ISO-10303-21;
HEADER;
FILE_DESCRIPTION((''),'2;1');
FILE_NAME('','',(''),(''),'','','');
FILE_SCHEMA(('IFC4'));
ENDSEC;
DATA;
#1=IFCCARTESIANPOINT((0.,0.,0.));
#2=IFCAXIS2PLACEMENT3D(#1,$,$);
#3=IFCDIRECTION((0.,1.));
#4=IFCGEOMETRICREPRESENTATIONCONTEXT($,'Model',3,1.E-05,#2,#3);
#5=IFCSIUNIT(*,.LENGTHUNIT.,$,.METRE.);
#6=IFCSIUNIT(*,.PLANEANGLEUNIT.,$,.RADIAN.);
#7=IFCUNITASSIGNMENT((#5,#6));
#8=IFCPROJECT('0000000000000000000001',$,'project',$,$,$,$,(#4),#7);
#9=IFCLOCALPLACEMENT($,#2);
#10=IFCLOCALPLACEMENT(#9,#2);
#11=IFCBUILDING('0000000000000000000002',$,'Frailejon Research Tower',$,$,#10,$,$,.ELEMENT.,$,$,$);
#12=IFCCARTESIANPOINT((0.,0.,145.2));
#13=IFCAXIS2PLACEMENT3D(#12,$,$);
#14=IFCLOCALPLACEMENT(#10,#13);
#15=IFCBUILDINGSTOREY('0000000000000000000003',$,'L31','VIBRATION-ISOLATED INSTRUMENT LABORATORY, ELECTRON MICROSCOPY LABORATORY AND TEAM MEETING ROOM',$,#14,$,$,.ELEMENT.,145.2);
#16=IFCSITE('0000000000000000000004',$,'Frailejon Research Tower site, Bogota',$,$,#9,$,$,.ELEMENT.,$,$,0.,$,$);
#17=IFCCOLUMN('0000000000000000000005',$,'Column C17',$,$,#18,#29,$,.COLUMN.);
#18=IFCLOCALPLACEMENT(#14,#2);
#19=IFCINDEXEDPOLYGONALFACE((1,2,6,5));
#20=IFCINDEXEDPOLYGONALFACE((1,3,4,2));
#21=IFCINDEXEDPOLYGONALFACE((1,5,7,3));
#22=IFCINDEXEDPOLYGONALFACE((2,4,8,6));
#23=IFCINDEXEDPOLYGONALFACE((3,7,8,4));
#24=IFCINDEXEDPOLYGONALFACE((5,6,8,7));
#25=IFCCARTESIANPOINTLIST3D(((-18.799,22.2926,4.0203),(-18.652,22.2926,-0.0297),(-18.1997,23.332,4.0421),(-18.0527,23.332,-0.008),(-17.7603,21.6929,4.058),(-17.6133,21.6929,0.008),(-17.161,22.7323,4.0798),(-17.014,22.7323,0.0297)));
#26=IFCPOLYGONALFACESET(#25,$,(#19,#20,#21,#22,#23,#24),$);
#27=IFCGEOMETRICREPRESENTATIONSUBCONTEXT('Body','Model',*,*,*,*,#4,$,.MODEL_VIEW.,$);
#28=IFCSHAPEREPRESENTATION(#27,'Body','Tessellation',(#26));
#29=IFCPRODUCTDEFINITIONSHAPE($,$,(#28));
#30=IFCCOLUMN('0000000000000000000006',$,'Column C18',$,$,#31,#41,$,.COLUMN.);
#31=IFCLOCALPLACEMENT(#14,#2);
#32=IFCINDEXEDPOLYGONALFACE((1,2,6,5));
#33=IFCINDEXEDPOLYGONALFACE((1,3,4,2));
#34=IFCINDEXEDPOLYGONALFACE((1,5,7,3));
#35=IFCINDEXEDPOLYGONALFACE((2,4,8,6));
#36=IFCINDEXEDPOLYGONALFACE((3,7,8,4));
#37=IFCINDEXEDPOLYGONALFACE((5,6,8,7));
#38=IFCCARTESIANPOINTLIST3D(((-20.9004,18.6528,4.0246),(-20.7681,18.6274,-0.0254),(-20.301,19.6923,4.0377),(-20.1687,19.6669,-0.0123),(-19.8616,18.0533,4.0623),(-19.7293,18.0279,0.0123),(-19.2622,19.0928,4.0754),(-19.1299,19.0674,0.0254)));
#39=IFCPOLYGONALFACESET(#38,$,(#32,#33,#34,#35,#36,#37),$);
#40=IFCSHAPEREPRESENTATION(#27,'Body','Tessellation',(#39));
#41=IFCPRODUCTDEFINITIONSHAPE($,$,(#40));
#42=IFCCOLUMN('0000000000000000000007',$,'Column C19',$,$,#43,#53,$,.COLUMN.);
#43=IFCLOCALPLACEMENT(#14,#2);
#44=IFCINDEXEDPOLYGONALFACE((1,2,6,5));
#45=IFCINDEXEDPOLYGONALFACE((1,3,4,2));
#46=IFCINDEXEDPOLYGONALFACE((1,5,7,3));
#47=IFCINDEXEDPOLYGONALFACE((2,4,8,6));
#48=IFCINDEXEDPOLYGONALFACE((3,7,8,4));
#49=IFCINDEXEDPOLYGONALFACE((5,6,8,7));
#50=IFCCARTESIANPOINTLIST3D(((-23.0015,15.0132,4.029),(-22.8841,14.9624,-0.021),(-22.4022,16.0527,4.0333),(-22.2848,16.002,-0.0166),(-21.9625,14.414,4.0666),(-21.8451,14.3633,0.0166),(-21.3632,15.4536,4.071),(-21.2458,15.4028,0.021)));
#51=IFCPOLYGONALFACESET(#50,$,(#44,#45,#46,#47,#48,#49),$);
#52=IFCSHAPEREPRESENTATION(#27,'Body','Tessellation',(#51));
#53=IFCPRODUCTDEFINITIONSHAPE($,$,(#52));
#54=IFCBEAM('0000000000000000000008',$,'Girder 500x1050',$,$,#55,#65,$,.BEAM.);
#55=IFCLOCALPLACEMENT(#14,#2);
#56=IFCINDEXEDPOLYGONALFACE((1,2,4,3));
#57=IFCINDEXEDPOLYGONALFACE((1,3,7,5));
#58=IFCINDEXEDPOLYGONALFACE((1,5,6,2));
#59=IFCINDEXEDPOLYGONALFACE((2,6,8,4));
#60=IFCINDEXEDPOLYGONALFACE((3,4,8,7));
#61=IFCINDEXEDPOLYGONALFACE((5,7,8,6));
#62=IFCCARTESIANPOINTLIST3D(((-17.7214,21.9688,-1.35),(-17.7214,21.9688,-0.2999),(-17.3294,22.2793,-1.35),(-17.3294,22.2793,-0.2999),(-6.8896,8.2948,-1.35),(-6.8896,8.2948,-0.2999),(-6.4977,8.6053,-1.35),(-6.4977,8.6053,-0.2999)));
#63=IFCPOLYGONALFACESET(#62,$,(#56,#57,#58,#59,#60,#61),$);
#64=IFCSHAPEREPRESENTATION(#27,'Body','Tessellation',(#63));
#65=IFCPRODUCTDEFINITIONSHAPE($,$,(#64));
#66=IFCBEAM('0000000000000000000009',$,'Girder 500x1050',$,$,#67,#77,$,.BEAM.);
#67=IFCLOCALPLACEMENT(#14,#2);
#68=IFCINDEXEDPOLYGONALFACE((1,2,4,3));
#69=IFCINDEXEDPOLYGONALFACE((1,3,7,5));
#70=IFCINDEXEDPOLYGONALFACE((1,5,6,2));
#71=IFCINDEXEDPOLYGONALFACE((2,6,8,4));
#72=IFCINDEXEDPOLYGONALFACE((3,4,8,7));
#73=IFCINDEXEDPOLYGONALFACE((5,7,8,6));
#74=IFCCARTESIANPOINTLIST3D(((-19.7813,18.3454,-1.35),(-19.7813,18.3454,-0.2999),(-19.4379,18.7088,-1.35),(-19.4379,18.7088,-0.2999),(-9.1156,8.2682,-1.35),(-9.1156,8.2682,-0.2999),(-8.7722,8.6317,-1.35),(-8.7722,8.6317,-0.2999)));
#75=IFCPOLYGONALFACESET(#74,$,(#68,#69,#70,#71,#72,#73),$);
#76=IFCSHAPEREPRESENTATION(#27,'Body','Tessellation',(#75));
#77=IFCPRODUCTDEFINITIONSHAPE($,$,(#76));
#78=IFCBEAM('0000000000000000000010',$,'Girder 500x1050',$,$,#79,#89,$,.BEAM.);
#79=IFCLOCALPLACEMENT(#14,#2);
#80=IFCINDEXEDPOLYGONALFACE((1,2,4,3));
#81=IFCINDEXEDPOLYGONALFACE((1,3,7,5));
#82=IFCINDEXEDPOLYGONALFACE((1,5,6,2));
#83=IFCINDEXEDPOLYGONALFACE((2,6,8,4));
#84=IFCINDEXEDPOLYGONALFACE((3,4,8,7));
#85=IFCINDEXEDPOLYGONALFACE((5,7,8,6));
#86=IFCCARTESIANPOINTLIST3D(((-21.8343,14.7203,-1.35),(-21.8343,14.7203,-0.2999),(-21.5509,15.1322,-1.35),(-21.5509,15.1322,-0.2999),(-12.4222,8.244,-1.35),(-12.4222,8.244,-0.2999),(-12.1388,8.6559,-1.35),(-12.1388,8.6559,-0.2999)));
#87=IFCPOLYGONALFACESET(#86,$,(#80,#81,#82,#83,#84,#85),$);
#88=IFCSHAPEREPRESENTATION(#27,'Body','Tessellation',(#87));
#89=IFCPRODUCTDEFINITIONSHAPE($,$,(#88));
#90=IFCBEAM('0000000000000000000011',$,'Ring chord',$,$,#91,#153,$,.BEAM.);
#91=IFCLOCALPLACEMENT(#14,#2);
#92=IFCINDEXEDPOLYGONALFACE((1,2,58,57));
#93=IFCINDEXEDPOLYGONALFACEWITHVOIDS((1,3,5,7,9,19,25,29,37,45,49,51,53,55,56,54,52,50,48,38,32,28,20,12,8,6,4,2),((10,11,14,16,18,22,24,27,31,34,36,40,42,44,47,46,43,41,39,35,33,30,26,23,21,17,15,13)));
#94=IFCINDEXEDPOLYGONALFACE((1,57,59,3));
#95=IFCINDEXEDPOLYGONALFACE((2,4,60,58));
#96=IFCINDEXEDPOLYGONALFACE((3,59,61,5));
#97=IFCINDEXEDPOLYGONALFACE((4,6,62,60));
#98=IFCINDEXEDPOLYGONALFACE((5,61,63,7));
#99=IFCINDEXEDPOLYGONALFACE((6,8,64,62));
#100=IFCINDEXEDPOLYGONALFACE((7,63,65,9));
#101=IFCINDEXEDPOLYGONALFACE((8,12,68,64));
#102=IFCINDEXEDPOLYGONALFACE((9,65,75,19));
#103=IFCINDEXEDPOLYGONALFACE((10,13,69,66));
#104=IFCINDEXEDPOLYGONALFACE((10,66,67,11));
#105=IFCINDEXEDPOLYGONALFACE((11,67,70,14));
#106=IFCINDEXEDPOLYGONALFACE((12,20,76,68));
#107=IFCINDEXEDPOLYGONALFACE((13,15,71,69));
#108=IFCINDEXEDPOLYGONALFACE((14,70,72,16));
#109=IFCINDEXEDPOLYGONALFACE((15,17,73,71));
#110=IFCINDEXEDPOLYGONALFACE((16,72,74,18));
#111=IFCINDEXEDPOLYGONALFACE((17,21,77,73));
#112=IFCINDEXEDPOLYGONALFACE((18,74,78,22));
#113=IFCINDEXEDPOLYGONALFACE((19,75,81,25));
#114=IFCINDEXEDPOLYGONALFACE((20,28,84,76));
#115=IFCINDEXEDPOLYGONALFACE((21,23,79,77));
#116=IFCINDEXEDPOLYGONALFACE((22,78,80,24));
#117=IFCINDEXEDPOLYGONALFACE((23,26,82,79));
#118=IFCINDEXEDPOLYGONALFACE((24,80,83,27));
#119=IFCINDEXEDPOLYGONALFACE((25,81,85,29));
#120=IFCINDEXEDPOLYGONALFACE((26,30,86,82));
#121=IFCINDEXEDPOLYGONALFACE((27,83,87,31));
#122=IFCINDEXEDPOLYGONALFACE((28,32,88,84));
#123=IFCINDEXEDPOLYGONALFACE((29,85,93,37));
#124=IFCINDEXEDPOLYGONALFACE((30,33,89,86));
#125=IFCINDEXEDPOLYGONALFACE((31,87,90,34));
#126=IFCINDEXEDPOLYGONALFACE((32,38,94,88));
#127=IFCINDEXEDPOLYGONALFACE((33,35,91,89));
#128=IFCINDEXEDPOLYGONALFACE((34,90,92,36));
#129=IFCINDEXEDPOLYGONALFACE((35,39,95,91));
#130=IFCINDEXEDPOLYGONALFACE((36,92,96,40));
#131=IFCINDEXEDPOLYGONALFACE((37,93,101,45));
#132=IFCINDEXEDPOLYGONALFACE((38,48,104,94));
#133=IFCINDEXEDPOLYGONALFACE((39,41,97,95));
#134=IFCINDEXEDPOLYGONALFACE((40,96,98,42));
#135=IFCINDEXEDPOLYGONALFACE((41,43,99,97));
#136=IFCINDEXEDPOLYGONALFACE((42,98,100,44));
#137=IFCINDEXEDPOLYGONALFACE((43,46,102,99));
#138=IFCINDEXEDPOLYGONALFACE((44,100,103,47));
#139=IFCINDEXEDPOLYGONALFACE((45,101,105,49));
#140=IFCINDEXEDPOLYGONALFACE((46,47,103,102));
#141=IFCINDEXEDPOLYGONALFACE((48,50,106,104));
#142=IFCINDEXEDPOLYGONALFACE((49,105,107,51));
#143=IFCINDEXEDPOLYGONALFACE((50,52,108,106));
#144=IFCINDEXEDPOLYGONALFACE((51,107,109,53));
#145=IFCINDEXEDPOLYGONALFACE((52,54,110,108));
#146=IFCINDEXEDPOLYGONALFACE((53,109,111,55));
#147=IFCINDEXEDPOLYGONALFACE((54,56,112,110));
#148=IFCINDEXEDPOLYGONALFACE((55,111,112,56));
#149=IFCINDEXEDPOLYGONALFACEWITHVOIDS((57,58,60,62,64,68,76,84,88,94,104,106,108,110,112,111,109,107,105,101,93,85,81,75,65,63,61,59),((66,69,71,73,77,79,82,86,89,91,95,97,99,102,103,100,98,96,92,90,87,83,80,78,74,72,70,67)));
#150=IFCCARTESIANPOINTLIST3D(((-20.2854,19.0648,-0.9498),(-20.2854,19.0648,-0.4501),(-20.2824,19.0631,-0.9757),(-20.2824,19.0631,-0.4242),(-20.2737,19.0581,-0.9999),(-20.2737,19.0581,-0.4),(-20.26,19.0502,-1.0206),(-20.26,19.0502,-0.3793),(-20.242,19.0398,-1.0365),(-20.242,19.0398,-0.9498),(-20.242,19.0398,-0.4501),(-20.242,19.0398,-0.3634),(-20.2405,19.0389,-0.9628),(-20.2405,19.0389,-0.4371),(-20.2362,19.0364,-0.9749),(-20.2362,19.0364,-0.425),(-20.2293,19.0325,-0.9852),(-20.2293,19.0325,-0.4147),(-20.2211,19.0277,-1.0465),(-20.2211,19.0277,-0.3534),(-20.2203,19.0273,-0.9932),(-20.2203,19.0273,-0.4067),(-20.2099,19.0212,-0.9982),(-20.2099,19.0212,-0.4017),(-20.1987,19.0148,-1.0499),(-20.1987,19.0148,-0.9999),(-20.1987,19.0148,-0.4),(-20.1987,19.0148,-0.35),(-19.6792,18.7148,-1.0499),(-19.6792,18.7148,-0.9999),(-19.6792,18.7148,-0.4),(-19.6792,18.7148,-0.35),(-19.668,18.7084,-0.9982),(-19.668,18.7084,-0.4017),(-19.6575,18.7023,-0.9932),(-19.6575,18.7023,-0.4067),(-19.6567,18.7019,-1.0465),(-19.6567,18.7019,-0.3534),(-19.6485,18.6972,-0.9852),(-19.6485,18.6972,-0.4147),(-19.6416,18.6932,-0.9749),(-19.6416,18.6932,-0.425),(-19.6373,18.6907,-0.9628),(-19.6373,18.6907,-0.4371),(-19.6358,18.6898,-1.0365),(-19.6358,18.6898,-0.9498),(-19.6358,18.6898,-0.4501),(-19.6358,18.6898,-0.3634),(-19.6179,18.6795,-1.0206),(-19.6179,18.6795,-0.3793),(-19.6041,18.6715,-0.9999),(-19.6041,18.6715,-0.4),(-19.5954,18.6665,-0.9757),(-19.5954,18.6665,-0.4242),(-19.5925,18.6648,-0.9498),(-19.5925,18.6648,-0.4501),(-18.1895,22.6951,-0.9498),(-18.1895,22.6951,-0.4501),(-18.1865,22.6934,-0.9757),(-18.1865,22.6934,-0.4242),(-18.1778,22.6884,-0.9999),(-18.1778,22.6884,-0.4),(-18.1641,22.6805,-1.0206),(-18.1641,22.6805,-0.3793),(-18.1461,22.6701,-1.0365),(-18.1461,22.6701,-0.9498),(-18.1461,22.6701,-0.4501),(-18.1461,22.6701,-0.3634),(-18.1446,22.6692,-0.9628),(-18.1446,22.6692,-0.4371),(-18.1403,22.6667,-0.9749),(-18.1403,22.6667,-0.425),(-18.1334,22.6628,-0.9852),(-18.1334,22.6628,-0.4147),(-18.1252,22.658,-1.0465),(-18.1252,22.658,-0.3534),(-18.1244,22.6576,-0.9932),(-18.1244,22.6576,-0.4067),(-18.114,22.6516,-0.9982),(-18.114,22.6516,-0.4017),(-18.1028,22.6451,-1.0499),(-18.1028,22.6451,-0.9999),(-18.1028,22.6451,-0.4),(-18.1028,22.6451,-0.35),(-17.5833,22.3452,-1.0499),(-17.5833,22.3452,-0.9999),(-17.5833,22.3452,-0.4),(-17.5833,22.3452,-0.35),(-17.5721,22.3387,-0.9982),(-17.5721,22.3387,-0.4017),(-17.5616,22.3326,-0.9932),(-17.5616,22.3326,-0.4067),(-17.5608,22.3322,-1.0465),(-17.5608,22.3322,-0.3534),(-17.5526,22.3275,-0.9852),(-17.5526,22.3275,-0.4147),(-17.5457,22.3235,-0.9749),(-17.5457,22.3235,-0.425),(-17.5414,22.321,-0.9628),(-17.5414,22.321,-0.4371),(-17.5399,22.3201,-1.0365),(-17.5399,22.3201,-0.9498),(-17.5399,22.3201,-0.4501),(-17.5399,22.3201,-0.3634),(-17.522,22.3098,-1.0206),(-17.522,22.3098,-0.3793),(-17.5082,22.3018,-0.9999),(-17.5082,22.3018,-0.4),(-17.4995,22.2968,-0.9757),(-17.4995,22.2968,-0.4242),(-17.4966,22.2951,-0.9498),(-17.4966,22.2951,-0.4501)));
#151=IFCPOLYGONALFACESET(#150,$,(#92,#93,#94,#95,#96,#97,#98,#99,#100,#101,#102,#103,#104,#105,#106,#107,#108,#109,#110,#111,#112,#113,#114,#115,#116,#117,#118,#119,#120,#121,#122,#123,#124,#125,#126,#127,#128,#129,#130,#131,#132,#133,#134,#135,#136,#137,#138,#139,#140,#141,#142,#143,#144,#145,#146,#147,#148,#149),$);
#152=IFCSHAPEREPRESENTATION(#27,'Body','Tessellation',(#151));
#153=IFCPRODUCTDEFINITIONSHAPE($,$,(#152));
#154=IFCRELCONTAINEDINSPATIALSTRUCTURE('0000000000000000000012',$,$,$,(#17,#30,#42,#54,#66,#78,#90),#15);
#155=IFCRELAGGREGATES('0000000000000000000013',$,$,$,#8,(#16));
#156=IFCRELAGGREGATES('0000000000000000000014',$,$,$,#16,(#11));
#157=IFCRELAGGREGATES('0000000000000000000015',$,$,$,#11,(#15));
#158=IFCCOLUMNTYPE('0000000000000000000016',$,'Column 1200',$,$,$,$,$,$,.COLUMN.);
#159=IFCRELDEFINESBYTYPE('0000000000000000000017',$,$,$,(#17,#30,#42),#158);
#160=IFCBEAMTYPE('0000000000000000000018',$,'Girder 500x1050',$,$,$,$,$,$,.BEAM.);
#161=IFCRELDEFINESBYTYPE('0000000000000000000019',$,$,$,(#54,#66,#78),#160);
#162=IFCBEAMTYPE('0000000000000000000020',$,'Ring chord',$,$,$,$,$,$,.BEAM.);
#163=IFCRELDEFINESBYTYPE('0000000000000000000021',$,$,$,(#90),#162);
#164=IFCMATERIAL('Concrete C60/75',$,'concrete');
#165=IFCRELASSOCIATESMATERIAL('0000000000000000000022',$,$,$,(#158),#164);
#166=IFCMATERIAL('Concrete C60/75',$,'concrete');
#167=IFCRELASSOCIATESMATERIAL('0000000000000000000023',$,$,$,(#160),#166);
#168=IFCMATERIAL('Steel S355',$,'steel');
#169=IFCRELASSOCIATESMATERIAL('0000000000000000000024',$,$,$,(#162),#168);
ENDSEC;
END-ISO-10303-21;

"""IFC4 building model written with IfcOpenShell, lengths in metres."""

from ifc_helpers import new_model, si_unit, direction, frame, origin, origin_2d, place, context, subcontext, project, spatial, rectangle, hollow_rectangle, extrude, material, material_profile, profile_set, type_object, element, save


model = new_model("IFC4")

# Units and contexts
model_context = context("Model", 3, precision=1e-05, world=origin(), true_north=direction((0.0, 1.0)))
body_context = subcontext(model_context, "Body", "Model", "MODEL_VIEW")
ifc_project = project(units=[si_unit("LENGTHUNIT", "METRE"), si_unit("PLANEANGLEUNIT", "RADIAN")], contexts=[model_context])

# Site, building, storey
site_placement = place(None, origin())
site = spatial("IfcSite", under=ifc_project, at=site_placement, Name="Frailejon Research Tower site, Bogota", CompositionType="ELEMENT", RefElevation=0.0)
building_placement = place(site_placement, origin())
building = spatial("IfcBuilding", under=site, at=building_placement, Name="Frailejon Research Tower", CompositionType="ELEMENT")
storey_placement = place(building_placement, frame((0.0, 0.0, 145.2)))
storey = spatial("IfcBuildingStorey", under=building, at=storey_placement, Name="L31", Description="VIBRATION-ISOLATED INSTRUMENT LABORATORY, ELECTRON MICROSCOPY LABORATORY AND TEAM MEETING ROOM", CompositionType="ELEMENT", Elevation=145.2)

# Columns
ifc_material_1 = material(Name="Concrete C60/75", Category="concrete")
ifc_material_profile_1 = material_profile(ifc_material_1, rectangle(XDim=1.2, YDim=1.2, at=origin_2d()), Name="Column 1200")
ifc_profile_set_1 = profile_set([ifc_material_profile_1], Name="Concrete C60/75")
column_type = type_object("IfcColumnType", Name="Column 1200", PredefinedType="COLUMN", material=ifc_profile_set_1)
column_1_placement = place(storey_placement, frame((-17.833, 22.5125, 0.0), z_axis=(-0.036265, 0.0, 0.999342), x_axis=(-0.499425, -0.866168, -0.018124)))
element("IfcColumn", 1, at=column_1_placement, inside=storey, type_object=column_type, Name="Column C17", PredefinedType="COLUMN", context=body_context, shape_type="SweptSolid", body=[
    extrude(rectangle(XDim=1.2, YDim=1.2, at=origin_2d()), origin(), (0.0, 0.0, 1.0), 4.0527),
])
column_2_placement = place(storey_placement, frame((-19.949, 18.8474, 0.0), z_axis=(-0.032654, 0.006266, 0.999447), x_axis=(-0.49952, -0.866234, -0.01089)))
element("IfcColumn", 2, at=column_2_placement, inside=storey, type_object=column_type, Name="Column C18", PredefinedType="COLUMN", context=body_context, shape_type="SweptSolid", body=[
    extrude(rectangle(XDim=1.2, YDim=1.2, at=origin_2d()), origin(), (0.0, 0.0, 1.0), 4.0522),
])
column_3_placement = place(storey_placement, frame((-22.0649, 15.1826, 0.0), z_axis=(-0.028981, 0.012532, 0.999501), x_axis=(-0.49945, -0.866335, -0.003619)))
element("IfcColumn", 3, at=column_3_placement, inside=storey, type_object=column_type, Name="Column C19", PredefinedType="COLUMN", context=body_context, shape_type="SweptSolid", body=[
    extrude(rectangle(XDim=1.2, YDim=1.2, at=origin_2d()), origin(), (0.0, 0.0, 1.0), 4.052),
])

# Beams
ifc_material_2 = material(Name="Concrete C60/75", Category="concrete")
ifc_material_profile_2 = material_profile(ifc_material_2, rectangle(XDim=0.5, YDim=1.05, at=origin_2d()), Name="Girder 500x1050")
ifc_profile_set_2 = profile_set([ifc_material_profile_2], Name="Concrete C60/75")
beam_type_1 = type_object("IfcBeamType", Name="Girder 500x1050", PredefinedType="BEAM", material=ifc_profile_set_2)
beam_1_placement = place(storey_placement, frame((-17.5254, 22.124, -0.825), z_axis=(0.620931, -0.783865, 0.0), x_axis=(0.783865, 0.620931, 0.0)))
element("IfcBeam", 4, at=beam_1_placement, inside=storey, type_object=beam_type_1, Name="Girder 500x1050", PredefinedType="BEAM", context=body_context, shape_type="SweptSolid", body=[
    extrude(rectangle(XDim=0.5, YDim=1.05, at=origin_2d()), origin(), (0.0, 0.0, 1.0), 17.4443),
])
beam_2_placement = place(storey_placement, frame((-19.6096, 18.5271, -0.825), z_axis=(0.72688, -0.686765, 0.0), x_axis=(0.686765, 0.72688, 0.0)))
element("IfcBeam", 5, at=beam_2_placement, inside=storey, type_object=beam_type_1, Name="Girder 500x1050", PredefinedType="BEAM", context=body_context, shape_type="SweptSolid", body=[
    extrude(rectangle(XDim=0.5, YDim=1.05, at=origin_2d()), origin(), (0.0, 0.0, 1.0), 14.6733),
])
beam_3_placement = place(storey_placement, frame((-21.6926, 14.9263, -0.825), z_axis=(0.823817, -0.566855, 0.0), x_axis=(0.566855, 0.823817, 0.0)))
element("IfcBeam", 6, at=beam_3_placement, inside=storey, type_object=beam_type_1, Name="Girder 500x1050", PredefinedType="BEAM", context=body_context, shape_type="SweptSolid", body=[
    extrude(rectangle(XDim=0.5, YDim=1.05, at=origin_2d()), origin(), (0.0, 0.0, 1.0), 11.425),
])
ifc_material_3 = material(Name="Steel S355", Category="steel")
ifc_material_profile_3 = material_profile(ifc_material_3, hollow_rectangle(XDim=0.8, YDim=0.7, WallThickness=0.05, InnerFilletRadius=0.05, OuterFilletRadius=0.1001, at=origin_2d()), Name="Ring chord")
ifc_profile_set_3 = profile_set([ifc_material_profile_3], Name="Steel S355")
beam_type_2 = type_object("IfcBeamType", Name="Ring chord", PredefinedType="BEAM", material=ifc_profile_set_3)
for number, where, z_axis, x_axis, name in (
    (7, (-17.843, 22.4951, -0.7), (-0.499991, -0.86603, 0.0), (0.86603, -0.499991, 0.0), "Ring chord"),
):
    element("IfcBeam", number, at=place(storey_placement, frame(where, z_axis=z_axis, x_axis=x_axis)), inside=storey, type_object=beam_type_2, Name=name, PredefinedType="BEAM", context=body_context, shape_type="SweptSolid", body=[
        extrude(hollow_rectangle(XDim=0.8, YDim=0.7, WallThickness=0.05, InnerFilletRadius=0.05, OuterFilletRadius=0.1001, at=origin_2d()), origin(), (0.0, 0.0, 1.0), 4.1919),
    ])

save(model, "model.ifc")
